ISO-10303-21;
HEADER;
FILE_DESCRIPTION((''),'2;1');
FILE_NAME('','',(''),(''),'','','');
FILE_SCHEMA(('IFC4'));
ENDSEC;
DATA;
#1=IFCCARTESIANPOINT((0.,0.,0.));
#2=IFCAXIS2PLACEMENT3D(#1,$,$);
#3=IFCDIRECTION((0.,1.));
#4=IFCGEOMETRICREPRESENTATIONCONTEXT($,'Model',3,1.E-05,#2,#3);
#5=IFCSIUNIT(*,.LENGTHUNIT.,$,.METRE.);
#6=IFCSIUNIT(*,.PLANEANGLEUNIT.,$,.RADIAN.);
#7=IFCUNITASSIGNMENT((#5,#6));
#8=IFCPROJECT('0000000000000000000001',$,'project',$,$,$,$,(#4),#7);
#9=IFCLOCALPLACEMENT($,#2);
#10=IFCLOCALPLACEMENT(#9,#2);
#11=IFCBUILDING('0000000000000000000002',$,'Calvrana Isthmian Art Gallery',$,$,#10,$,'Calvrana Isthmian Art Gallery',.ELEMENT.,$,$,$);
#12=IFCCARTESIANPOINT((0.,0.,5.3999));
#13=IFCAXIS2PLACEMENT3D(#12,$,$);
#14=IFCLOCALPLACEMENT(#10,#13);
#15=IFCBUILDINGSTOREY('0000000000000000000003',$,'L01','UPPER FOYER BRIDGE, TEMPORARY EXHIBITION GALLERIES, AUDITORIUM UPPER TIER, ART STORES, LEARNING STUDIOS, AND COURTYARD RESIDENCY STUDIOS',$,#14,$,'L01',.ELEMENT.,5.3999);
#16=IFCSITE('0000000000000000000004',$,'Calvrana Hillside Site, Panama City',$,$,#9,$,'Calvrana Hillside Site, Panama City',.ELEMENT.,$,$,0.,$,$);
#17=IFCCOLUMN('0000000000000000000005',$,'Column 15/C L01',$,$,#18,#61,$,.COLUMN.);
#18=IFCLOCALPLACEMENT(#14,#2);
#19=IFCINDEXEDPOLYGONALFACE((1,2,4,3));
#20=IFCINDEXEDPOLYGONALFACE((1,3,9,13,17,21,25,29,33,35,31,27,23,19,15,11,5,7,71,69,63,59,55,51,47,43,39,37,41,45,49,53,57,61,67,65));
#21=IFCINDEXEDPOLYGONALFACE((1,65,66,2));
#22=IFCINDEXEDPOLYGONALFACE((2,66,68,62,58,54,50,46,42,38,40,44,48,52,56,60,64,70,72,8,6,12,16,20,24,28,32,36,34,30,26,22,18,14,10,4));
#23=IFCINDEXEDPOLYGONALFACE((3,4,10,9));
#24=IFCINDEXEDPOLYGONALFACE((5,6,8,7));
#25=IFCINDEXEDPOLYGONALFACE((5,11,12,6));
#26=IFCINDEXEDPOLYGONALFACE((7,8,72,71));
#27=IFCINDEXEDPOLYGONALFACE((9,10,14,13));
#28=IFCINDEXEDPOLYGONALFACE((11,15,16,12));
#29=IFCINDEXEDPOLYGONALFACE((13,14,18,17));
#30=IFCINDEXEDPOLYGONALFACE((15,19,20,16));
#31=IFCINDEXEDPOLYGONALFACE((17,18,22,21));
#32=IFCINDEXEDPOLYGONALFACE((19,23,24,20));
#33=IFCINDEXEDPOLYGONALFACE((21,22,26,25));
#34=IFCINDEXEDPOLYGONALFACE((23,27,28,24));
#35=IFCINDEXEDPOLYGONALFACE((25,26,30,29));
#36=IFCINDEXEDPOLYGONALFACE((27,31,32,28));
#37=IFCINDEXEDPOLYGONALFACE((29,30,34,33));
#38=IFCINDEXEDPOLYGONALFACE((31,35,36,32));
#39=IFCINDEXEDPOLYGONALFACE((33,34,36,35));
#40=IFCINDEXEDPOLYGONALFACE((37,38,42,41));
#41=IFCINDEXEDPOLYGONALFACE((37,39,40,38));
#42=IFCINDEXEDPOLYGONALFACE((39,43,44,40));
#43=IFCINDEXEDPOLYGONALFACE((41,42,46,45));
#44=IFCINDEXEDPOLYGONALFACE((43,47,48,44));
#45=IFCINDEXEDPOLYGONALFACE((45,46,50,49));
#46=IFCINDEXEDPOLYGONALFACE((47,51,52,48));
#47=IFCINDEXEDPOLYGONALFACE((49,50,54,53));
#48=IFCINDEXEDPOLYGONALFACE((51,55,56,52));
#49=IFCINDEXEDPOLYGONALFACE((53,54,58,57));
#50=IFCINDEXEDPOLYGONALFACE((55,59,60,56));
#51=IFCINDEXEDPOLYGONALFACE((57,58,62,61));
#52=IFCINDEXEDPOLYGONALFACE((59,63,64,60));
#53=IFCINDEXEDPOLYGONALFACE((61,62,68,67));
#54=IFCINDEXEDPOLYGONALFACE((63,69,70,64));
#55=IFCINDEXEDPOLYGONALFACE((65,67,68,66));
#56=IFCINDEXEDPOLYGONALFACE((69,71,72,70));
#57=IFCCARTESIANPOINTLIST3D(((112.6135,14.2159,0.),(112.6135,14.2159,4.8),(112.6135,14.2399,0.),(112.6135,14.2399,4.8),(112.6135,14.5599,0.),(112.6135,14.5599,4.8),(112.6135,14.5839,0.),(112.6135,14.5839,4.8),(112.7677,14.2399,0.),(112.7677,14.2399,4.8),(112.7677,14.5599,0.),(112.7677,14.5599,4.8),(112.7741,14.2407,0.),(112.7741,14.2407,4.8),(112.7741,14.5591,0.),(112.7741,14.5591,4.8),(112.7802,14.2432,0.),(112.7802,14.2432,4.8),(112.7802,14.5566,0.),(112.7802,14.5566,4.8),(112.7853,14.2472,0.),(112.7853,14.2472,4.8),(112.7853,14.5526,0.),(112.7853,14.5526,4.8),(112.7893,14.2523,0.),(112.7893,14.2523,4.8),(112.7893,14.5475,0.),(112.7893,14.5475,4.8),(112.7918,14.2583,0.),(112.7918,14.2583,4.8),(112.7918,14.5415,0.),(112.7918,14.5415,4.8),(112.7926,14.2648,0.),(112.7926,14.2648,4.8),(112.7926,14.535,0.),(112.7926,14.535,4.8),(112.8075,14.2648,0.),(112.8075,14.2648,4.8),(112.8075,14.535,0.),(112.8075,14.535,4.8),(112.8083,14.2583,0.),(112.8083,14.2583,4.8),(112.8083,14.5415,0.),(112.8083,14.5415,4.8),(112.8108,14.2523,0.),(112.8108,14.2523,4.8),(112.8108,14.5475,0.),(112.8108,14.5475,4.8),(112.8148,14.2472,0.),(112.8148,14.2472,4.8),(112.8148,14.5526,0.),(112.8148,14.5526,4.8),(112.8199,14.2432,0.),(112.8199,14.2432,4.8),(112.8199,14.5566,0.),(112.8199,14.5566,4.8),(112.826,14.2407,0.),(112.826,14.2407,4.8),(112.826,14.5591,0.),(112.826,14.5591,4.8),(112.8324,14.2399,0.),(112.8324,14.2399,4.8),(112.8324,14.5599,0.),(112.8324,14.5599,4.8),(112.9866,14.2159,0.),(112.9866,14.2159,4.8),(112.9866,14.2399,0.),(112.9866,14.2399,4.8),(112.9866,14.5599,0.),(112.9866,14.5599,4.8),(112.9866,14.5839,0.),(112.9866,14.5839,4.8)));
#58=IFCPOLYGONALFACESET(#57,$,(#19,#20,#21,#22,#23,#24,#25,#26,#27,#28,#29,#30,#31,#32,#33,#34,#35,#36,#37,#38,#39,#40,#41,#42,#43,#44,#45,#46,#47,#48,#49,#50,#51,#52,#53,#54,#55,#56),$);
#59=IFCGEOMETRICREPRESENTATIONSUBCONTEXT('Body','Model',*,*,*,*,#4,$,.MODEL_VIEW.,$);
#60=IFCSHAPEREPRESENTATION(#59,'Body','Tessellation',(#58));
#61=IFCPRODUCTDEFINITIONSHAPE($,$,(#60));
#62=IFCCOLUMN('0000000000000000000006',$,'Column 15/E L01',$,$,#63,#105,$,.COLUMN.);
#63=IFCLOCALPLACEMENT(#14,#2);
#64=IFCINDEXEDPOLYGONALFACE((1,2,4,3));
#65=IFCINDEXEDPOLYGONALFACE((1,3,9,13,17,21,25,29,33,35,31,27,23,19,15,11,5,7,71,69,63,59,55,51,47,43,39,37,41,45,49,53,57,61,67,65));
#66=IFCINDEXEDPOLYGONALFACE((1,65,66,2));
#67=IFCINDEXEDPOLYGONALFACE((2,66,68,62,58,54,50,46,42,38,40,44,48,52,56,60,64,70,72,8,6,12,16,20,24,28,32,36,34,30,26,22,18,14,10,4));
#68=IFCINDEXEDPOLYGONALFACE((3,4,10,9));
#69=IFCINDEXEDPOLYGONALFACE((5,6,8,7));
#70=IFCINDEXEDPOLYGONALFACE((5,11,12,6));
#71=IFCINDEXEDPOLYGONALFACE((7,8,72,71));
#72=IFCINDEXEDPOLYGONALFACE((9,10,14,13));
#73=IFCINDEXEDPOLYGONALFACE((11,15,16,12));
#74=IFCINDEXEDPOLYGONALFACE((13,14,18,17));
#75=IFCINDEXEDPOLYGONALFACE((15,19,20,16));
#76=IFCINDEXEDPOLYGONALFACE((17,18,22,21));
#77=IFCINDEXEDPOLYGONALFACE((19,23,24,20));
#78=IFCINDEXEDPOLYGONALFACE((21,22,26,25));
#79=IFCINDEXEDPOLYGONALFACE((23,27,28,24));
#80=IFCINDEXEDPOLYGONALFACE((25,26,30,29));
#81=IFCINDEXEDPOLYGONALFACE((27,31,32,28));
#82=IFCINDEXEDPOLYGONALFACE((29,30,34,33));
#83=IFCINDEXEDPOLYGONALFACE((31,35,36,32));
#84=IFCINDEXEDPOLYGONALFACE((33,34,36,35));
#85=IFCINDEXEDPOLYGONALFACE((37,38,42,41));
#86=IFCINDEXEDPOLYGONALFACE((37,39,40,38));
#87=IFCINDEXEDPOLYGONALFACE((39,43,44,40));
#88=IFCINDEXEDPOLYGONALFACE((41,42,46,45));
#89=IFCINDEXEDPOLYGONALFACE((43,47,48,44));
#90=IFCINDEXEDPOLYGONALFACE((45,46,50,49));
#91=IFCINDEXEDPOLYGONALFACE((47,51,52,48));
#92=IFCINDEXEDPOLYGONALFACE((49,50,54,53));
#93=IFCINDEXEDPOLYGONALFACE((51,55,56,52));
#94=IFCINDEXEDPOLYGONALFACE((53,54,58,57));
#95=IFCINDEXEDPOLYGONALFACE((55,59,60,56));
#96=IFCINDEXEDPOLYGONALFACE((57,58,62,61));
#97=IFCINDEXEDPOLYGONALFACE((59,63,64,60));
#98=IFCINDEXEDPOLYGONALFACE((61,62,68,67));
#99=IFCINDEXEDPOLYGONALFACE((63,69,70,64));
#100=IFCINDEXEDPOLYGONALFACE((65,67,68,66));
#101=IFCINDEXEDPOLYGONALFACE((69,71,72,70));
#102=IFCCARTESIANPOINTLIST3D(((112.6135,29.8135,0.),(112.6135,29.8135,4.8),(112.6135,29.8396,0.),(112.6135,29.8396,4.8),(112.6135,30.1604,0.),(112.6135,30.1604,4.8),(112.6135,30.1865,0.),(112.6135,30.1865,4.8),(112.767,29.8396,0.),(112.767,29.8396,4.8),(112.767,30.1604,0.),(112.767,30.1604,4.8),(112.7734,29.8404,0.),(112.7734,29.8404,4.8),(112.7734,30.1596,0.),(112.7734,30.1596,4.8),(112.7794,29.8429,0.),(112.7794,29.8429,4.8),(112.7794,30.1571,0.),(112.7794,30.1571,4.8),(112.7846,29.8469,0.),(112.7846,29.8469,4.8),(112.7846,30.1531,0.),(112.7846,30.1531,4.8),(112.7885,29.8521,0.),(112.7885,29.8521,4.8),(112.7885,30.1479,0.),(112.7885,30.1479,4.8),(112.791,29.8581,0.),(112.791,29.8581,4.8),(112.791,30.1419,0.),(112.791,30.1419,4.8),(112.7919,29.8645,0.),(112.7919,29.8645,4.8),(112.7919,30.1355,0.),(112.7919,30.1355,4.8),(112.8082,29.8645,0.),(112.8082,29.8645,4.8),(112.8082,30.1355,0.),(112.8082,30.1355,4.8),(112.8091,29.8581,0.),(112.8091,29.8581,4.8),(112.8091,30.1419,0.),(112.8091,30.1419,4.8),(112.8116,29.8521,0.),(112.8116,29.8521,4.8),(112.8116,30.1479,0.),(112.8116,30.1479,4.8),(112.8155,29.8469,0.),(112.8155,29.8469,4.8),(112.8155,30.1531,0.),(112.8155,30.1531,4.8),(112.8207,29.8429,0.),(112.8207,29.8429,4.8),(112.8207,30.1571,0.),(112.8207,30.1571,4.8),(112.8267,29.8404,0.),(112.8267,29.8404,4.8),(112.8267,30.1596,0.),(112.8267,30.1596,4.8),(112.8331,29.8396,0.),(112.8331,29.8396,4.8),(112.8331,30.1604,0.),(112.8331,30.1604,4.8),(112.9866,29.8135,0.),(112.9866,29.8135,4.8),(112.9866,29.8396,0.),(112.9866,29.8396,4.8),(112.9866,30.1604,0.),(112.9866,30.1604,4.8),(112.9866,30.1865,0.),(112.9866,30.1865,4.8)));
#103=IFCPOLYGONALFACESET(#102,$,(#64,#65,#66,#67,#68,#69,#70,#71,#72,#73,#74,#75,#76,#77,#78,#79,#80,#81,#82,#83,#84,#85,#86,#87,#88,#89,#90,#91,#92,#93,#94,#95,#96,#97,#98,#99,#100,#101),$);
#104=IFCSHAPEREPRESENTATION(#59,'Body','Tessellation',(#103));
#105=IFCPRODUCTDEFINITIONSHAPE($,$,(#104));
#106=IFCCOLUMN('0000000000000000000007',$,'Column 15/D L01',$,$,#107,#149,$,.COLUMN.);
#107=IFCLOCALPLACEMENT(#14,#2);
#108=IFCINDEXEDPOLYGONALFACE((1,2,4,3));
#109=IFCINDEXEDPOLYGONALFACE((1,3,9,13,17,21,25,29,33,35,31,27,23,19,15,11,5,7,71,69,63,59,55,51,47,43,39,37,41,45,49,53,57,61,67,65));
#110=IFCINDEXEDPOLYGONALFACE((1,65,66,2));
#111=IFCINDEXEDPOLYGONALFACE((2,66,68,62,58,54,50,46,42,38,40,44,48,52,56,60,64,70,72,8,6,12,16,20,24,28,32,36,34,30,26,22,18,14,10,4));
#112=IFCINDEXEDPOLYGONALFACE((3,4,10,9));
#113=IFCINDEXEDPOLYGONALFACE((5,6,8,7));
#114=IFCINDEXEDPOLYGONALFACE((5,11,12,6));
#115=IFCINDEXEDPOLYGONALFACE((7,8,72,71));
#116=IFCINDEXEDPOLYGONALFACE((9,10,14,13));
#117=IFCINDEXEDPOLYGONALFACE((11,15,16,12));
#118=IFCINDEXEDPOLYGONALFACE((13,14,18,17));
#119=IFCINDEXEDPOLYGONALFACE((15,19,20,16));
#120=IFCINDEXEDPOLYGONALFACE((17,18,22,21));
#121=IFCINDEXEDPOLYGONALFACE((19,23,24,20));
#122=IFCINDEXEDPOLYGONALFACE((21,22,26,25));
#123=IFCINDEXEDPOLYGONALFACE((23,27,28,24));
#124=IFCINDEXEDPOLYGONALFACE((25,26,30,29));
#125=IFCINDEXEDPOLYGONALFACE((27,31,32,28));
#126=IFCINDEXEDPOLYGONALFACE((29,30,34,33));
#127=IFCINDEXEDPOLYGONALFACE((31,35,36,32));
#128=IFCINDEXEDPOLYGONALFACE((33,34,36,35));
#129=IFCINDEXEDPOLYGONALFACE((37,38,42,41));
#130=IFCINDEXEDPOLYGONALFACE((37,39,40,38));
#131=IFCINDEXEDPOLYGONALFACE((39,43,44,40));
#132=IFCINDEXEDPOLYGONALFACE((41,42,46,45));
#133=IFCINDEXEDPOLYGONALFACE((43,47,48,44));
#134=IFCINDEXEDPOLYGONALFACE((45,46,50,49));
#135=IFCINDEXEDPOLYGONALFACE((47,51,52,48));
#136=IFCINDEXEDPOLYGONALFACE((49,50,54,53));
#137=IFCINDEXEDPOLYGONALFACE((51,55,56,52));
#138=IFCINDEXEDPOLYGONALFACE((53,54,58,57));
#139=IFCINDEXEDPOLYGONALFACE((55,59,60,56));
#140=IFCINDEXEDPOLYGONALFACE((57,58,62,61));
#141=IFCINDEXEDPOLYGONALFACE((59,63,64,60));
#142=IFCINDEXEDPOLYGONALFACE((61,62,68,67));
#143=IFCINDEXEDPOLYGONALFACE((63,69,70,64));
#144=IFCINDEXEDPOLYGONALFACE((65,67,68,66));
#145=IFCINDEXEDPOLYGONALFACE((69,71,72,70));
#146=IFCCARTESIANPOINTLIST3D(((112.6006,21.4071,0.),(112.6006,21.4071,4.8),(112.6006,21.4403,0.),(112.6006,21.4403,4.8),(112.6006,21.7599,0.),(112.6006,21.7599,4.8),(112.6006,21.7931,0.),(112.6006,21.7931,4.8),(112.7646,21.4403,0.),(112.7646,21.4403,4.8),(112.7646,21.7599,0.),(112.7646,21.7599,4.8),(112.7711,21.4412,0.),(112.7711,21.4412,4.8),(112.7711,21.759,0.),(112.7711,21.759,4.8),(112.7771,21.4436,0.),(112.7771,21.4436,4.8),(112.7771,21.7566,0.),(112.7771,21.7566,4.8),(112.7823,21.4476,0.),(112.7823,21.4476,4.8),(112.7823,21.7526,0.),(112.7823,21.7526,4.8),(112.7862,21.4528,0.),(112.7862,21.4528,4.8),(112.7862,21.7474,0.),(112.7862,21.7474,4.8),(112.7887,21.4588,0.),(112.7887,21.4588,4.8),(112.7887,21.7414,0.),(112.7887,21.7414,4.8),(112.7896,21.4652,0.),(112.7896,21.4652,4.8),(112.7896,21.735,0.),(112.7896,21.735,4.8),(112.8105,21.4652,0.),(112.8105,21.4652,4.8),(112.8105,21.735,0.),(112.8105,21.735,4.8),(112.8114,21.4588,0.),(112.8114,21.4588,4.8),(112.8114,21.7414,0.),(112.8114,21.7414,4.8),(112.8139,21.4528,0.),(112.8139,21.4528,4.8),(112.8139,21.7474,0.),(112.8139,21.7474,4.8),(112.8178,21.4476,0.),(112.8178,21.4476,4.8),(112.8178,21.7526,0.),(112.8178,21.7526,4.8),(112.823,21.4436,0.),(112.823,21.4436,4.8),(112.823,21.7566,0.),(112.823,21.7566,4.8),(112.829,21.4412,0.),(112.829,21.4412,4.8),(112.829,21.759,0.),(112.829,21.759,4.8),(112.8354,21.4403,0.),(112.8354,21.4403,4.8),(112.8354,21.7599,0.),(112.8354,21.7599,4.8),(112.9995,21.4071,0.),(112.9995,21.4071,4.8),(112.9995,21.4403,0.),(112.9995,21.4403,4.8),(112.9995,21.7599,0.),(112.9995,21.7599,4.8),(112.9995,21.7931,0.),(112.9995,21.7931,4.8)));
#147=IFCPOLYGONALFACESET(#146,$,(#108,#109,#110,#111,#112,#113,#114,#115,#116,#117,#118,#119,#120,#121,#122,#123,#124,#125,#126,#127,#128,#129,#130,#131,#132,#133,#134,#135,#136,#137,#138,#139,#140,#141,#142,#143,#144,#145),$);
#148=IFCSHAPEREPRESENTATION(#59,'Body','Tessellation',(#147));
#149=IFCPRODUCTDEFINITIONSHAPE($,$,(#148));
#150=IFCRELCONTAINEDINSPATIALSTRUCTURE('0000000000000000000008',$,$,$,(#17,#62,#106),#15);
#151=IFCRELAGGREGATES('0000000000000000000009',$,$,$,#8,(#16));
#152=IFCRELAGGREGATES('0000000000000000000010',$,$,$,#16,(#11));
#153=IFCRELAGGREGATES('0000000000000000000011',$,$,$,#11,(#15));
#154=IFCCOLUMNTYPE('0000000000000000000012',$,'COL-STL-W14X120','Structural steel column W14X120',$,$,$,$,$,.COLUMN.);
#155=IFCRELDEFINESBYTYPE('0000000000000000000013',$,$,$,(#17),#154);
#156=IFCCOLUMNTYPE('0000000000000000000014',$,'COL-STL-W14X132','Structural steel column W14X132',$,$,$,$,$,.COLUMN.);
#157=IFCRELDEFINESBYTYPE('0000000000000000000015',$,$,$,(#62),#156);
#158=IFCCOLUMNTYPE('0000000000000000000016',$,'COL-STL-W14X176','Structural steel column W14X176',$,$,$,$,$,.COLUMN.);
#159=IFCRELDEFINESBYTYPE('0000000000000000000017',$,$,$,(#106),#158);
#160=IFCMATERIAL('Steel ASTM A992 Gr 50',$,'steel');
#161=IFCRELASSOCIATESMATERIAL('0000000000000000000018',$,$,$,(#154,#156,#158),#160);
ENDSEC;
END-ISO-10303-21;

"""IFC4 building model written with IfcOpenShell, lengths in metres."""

from ifc_helpers import new_model, si_unit, direction, frame, origin, origin_2d, place, context, subcontext, project, spatial, i_section, extrude, material, material_profile, profile_set, type_object, element, save


model = new_model("IFC4")

# Units and contexts
model_context = context("Model", 3, precision=1e-05, world=origin(), true_north=direction((0.0, 1.0)))
body_context = subcontext(model_context, "Body", "Model", "MODEL_VIEW")
ifc_project = project(units=[si_unit("LENGTHUNIT", "METRE"), si_unit("PLANEANGLEUNIT", "RADIAN")], contexts=[model_context])

# Site, building, storey
site_placement = place(None, origin())
site = spatial("IfcSite", under=ifc_project, at=site_placement, Name="Calvrana Hillside Site, Panama City", LongName="Calvrana Hillside Site, Panama City", CompositionType="ELEMENT", RefElevation=0.0)
building_placement = place(site_placement, origin())
building = spatial("IfcBuilding", under=site, at=building_placement, Name="Calvrana Isthmian Art Gallery", LongName="Calvrana Isthmian Art Gallery", CompositionType="ELEMENT")
storey_placement = place(building_placement, frame((0.0, 0.0, 5.3999)))
storey = spatial("IfcBuildingStorey", under=building, at=storey_placement, Name="L01", Description="UPPER FOYER BRIDGE, TEMPORARY EXHIBITION GALLERIES, AUDITORIUM UPPER TIER, ART STORES, LEARNING STUDIOS, AND COURTYARD RESIDENCY STUDIOS", LongName="L01", CompositionType="ELEMENT", Elevation=5.3999)

# Columns
ifc_material_1 = material(Name="Steel ASTM A992 Gr 50", Category="steel")
ifc_material_profile_1 = material_profile(ifc_material_1, i_section(OverallWidth=0.373, OverallDepth=0.3679, WebThickness=0.0149, FlangeThickness=0.0239, FilletRadius=0.0249, at=origin_2d()), Name="W14X120")
ifc_profile_set_1 = profile_set([ifc_material_profile_1], Name="Steel ASTM A992 Gr 50")
column_type_1 = type_object("IfcColumnType", Name="COL-STL-W14X120", Description="Structural steel column W14X120", PredefinedType="COLUMN", material=ifc_profile_set_1)
column_1_placement = place(storey_placement, frame((112.8, 14.3999, 0.0), z_axis=(0.0, 0.0, 1.0), x_axis=(1.0, 0.0, 0.0)))
element("IfcColumn", 1, at=column_1_placement, inside=storey, type_object=column_type_1, Name="Column 15/C L01", PredefinedType="COLUMN", context=body_context, shape_type="SweptSolid", body=[
    extrude(i_section(OverallWidth=0.373, OverallDepth=0.3679, WebThickness=0.0149, FlangeThickness=0.0239, FilletRadius=0.0249, at=origin_2d()), origin(), (0.0, 0.0, 1.0), 4.8),
])
ifc_material_profile_2 = material_profile(ifc_material_1, i_section(OverallWidth=0.373, OverallDepth=0.373, WebThickness=0.0164, FlangeThickness=0.0261, FilletRadius=0.0249, at=origin_2d()), Name="W14X132")
ifc_profile_set_2 = profile_set([ifc_material_profile_2], Name="Steel ASTM A992 Gr 50")
column_type_2 = type_object("IfcColumnType", Name="COL-STL-W14X132", Description="Structural steel column W14X132", PredefinedType="COLUMN", material=ifc_profile_set_2)
column_2_placement = place(storey_placement, frame((112.8, 30.0, 0.0), z_axis=(0.0, 0.0, 1.0), x_axis=(1.0, 0.0, 0.0)))
element("IfcColumn", 2, at=column_2_placement, inside=storey, type_object=column_type_2, Name="Column 15/E L01", PredefinedType="COLUMN", context=body_context, shape_type="SweptSolid", body=[
    extrude(i_section(OverallWidth=0.373, OverallDepth=0.373, WebThickness=0.0164, FlangeThickness=0.0261, FilletRadius=0.0249, at=origin_2d()), origin(), (0.0, 0.0, 1.0), 4.8),
])
ifc_material_profile_3 = material_profile(ifc_material_1, i_section(OverallWidth=0.3989, OverallDepth=0.386, WebThickness=0.021, FlangeThickness=0.0332, FilletRadius=0.0249, at=origin_2d()), Name="W14X176")
ifc_profile_set_3 = profile_set([ifc_material_profile_3], Name="Steel ASTM A992 Gr 50")
column_type_3 = type_object("IfcColumnType", Name="COL-STL-W14X176", Description="Structural steel column W14X176", PredefinedType="COLUMN", material=ifc_profile_set_3)
column_3_placement = place(storey_placement, frame((112.8, 21.6001, 0.0), z_axis=(0.0, 0.0, 1.0), x_axis=(1.0, 0.0, 0.0)))
element("IfcColumn", 3, at=column_3_placement, inside=storey, type_object=column_type_3, Name="Column 15/D L01", PredefinedType="COLUMN", context=body_context, shape_type="SweptSolid", body=[
    extrude(i_section(OverallWidth=0.3989, OverallDepth=0.386, WebThickness=0.021, FlangeThickness=0.0332, FilletRadius=0.0249, at=origin_2d()), origin(), (0.0, 0.0, 1.0), 4.8),
])

save(model, "model.ifc")
